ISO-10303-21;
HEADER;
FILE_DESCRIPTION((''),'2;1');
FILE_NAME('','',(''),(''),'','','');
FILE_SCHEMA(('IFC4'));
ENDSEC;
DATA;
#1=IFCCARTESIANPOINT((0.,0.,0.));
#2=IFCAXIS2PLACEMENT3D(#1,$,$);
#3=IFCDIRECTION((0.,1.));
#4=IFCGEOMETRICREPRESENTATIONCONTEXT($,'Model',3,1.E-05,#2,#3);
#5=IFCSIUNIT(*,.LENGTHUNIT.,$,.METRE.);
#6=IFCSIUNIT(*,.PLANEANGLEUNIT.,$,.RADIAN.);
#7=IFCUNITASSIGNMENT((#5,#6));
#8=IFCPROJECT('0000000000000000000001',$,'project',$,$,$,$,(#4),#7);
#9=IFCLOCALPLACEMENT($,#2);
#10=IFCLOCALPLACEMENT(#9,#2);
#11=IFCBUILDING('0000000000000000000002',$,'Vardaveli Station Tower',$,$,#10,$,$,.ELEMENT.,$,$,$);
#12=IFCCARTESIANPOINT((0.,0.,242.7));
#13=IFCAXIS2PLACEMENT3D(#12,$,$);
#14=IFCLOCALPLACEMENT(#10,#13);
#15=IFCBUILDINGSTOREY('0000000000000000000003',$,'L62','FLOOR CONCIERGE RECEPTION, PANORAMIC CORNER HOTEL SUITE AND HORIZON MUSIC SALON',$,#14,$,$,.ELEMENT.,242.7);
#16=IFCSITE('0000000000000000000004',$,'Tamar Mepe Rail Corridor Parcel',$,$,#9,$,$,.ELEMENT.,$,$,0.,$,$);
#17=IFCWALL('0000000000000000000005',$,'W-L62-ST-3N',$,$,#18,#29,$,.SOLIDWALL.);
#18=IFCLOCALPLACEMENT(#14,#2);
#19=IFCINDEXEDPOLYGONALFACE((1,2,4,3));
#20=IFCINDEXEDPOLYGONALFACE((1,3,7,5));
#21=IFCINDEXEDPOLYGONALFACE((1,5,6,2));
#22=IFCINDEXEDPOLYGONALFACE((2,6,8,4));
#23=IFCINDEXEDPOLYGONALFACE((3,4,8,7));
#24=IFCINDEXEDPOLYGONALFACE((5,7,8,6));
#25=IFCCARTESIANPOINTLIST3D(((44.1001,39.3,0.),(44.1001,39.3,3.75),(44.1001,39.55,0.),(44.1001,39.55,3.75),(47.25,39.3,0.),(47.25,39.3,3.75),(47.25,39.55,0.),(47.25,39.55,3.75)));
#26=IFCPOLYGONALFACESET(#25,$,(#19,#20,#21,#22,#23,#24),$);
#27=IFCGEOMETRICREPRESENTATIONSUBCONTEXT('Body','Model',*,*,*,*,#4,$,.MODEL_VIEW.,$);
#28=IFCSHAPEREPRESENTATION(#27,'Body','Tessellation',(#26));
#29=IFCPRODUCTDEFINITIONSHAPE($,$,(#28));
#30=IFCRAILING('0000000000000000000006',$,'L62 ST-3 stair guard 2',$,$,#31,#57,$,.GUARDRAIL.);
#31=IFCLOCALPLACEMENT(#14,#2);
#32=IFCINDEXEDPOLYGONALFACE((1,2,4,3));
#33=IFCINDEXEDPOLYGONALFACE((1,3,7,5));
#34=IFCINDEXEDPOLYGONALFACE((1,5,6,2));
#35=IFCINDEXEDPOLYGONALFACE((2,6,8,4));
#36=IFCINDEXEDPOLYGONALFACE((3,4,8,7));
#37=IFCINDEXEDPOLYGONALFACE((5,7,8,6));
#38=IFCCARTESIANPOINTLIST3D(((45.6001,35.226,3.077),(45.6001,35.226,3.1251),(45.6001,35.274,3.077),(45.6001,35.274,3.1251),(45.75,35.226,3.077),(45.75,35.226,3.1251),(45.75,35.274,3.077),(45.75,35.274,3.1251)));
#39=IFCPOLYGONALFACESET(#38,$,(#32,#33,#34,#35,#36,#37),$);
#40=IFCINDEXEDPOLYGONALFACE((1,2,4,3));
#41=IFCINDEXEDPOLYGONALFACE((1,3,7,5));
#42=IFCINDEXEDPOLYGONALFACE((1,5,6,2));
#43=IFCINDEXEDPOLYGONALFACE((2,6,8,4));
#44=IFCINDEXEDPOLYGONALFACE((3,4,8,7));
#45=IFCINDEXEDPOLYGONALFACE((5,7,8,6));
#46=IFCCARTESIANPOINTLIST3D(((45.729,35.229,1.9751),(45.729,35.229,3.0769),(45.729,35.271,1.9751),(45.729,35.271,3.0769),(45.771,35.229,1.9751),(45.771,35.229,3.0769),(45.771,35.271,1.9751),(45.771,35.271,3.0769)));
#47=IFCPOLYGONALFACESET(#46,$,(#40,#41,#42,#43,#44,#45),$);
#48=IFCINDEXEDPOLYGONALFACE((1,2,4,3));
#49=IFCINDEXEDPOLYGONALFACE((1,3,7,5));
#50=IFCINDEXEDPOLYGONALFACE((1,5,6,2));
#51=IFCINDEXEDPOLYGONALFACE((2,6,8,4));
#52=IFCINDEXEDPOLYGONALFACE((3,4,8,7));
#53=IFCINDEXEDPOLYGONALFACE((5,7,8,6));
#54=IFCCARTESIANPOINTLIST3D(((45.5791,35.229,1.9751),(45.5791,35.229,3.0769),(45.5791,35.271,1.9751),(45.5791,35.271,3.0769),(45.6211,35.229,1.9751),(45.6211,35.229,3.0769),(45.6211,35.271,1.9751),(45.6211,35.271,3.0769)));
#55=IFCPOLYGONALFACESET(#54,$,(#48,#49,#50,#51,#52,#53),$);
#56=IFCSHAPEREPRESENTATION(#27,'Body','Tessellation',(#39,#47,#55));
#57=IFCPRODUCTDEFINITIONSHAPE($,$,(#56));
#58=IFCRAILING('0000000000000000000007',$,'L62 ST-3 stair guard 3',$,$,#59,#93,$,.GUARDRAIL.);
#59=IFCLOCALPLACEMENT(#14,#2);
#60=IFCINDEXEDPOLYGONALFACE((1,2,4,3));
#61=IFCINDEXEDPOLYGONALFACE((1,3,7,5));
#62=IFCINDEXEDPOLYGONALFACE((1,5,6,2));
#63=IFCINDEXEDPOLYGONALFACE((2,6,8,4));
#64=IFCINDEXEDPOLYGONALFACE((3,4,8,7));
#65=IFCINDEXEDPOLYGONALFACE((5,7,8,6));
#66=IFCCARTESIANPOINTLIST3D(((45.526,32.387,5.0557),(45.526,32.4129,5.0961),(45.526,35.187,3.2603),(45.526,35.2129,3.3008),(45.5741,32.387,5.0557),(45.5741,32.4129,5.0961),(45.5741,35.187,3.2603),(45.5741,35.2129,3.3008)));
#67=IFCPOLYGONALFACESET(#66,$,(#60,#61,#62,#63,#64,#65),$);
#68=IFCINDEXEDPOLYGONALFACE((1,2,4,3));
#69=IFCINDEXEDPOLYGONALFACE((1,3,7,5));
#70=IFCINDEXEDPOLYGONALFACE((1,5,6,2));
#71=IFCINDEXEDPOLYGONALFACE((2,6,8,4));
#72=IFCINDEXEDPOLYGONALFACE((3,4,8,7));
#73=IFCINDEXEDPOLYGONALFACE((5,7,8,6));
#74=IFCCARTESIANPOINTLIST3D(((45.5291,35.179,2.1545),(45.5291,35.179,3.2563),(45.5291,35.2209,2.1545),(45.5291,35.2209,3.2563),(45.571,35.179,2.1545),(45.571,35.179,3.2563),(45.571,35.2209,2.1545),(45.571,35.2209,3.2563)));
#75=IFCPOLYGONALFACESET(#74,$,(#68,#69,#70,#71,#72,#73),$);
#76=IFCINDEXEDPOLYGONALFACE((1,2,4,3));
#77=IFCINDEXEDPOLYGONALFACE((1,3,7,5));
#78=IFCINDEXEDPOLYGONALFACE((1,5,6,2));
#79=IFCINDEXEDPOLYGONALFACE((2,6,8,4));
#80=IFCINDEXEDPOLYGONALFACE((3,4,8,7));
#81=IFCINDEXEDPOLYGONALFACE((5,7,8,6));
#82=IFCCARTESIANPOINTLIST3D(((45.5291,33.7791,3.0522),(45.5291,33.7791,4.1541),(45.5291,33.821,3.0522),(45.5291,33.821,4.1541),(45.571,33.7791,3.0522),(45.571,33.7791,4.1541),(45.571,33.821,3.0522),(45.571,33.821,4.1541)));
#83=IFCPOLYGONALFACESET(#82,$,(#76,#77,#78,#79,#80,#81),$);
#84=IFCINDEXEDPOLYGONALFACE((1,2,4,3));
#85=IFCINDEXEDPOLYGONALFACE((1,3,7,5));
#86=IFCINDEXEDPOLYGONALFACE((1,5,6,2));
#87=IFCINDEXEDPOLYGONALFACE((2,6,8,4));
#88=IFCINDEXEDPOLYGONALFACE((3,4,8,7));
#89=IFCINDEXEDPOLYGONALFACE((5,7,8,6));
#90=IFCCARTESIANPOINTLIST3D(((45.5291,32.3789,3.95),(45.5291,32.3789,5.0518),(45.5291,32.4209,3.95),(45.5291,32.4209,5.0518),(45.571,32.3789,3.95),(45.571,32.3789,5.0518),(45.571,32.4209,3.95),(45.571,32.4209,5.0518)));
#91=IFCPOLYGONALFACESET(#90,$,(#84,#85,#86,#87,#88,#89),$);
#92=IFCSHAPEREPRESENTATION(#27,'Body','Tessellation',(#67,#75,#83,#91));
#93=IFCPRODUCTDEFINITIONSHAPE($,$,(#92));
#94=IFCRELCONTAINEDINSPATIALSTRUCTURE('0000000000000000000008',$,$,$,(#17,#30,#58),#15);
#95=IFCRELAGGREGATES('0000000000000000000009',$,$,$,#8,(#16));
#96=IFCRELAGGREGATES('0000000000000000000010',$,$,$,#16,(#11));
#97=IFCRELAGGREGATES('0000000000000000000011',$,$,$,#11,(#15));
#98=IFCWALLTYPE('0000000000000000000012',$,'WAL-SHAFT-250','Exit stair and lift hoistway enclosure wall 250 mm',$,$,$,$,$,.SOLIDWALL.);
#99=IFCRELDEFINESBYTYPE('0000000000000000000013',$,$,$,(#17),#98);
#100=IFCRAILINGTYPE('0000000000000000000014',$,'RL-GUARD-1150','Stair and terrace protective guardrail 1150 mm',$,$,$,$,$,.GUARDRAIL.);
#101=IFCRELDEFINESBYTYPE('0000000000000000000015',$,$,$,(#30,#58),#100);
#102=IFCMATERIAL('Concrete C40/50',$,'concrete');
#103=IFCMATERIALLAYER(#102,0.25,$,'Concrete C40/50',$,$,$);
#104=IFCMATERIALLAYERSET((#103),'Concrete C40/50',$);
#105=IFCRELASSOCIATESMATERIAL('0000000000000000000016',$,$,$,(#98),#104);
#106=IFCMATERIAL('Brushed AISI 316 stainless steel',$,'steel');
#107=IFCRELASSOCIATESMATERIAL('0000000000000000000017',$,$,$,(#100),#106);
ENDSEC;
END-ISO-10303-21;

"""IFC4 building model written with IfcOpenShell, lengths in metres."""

from ifc_helpers import new_model, si_unit, direction, frame, frame_2d, origin, origin_2d, place, context, subcontext, project, spatial, rectangle, extrude, source, transform, mapped, material, layer, layer_set, type_object, element, save


model = new_model("IFC4")

# Units and contexts
model_context = context("Model", 3, precision=1e-05, world=origin(), true_north=direction((0.0, 1.0)))
body_context = subcontext(model_context, "Body", "Model", "MODEL_VIEW")
ifc_project = project(units=[si_unit("LENGTHUNIT", "METRE"), si_unit("PLANEANGLEUNIT", "RADIAN")], contexts=[model_context])

# Site, building, storey
site_placement = place(None, origin())
site = spatial("IfcSite", under=ifc_project, at=site_placement, Name="Tamar Mepe Rail Corridor Parcel", CompositionType="ELEMENT", RefElevation=0.0)
building_placement = place(site_placement, origin())
building = spatial("IfcBuilding", under=site, at=building_placement, Name="Vardaveli Station Tower", CompositionType="ELEMENT")
storey_placement = place(building_placement, frame((0.0, 0.0, 242.7)))
storey = spatial("IfcBuildingStorey", under=building, at=storey_placement, Name="L62", Description="FLOOR CONCIERGE RECEPTION, PANORAMIC CORNER HOTEL SUITE AND HORIZON MUSIC SALON", CompositionType="ELEMENT", Elevation=242.7)

# Wall
ifc_material_1 = material(Name="Concrete C40/50", Category="concrete")
ifc_layer_1 = layer(ifc_material_1, 0.25, Name="Concrete C40/50")
ifc_layer_set_1 = layer_set([ifc_layer_1], Name="Concrete C40/50")
wall_type_1 = type_object("IfcWallType", Name="WAL-SHAFT-250", Description="Exit stair and lift hoistway enclosure wall 250 mm", PredefinedType="SOLIDWALL", material=ifc_layer_set_1)
shared_shape_1 = source(origin(), body_context, "Body", "SweptSolid", [
    extrude(rectangle(XDim=3.1499, YDim=0.25, at=frame_2d((1.575, 0.0))), origin(), (0.0, 0.0, 1.0), 3.75),
])
wall_1_placement = place(storey_placement, frame((44.1001, 39.425, 0.0), z_axis=(0.0, 0.0, 1.0), x_axis=(1.0, 0.0, 0.0)))
element("IfcWall", 1, at=wall_1_placement, inside=storey, type_object=wall_type_1, Name="W-L62-ST-3N", PredefinedType="SOLIDWALL", context=body_context, shape_type="MappedRepresentation", body=[
    mapped(shared_shape_1, transform((0.0, 0.0, 0.0), scale=1.0)),
])

# Railings
ifc_material_2 = material(Name="Brushed AISI 316 stainless steel", Category="steel")
railing_type = type_object("IfcRailingType", Name="RL-GUARD-1150", Description="Stair and terrace protective guardrail 1150 mm", PredefinedType="GUARDRAIL", material=ifc_material_2)
shared_shape_2 = source(origin(), body_context, "Body", "SweptSolid", [
    extrude(rectangle(XDim=0.0481, YDim=0.0481, at=origin_2d()), frame((0.0, 0.0, 1.126), z_axis=(-1.0, 0.0, 0.0), x_axis=(0.0, -1.0, 0.0)), (0.0, 0.0, 1.0), 0.1499),
    extrude(rectangle(XDim=0.042, YDim=0.042, at=origin_2d()), origin(), (0.0, 0.0, 1.0), 1.1018),
    extrude(rectangle(XDim=0.042, YDim=0.042, at=origin_2d()), frame((-0.1499, 0.0, 0.0)), (0.0, 0.0, 1.0), 1.1018),
])
railing_1_placement = place(storey_placement, frame((45.75, 35.25, 1.9751)))
element("IfcRailing", 2, at=railing_1_placement, inside=storey, type_object=railing_type, Name="L62 ST-3 stair guard 2", PredefinedType="GUARDRAIL", context=body_context, shape_type="MappedRepresentation", body=[
    mapped(shared_shape_2, transform((0.0, 0.0, 0.0), scale=1.0)),
])
shared_shape_3 = source(origin(), body_context, "Body", "SweptSolid", [
    extrude(rectangle(XDim=0.0481, YDim=0.0481, at=origin_2d()), frame((0.0, 0.0, 1.126), z_axis=(0.0, -0.84181, 0.539774), x_axis=(1.0, 0.0, 0.0)), (0.0, 0.0, 1.0), 3.3262),
    extrude(rectangle(XDim=0.042, YDim=0.042, at=origin_2d()), origin(), (0.0, 0.0, 1.0), 1.1018),
    extrude(rectangle(XDim=0.042, YDim=0.042, at=origin_2d()), frame((0.0, -1.3999, 0.8977)), (0.0, 0.0, 1.0), 1.1018),
    extrude(rectangle(XDim=0.042, YDim=0.042, at=origin_2d()), frame((0.0, -2.8, 1.7954)), (0.0, 0.0, 1.0), 1.1018),
])
railing_2_placement = place(storey_placement, frame((45.55, 35.2, 2.1545)))
element("IfcRailing", 3, at=railing_2_placement, inside=storey, type_object=railing_type, Name="L62 ST-3 stair guard 3", PredefinedType="GUARDRAIL", context=body_context, shape_type="MappedRepresentation", body=[
    mapped(shared_shape_3, transform((0.0, 0.0, 0.0), scale=1.0)),
])

save(model, "model.ifc")
